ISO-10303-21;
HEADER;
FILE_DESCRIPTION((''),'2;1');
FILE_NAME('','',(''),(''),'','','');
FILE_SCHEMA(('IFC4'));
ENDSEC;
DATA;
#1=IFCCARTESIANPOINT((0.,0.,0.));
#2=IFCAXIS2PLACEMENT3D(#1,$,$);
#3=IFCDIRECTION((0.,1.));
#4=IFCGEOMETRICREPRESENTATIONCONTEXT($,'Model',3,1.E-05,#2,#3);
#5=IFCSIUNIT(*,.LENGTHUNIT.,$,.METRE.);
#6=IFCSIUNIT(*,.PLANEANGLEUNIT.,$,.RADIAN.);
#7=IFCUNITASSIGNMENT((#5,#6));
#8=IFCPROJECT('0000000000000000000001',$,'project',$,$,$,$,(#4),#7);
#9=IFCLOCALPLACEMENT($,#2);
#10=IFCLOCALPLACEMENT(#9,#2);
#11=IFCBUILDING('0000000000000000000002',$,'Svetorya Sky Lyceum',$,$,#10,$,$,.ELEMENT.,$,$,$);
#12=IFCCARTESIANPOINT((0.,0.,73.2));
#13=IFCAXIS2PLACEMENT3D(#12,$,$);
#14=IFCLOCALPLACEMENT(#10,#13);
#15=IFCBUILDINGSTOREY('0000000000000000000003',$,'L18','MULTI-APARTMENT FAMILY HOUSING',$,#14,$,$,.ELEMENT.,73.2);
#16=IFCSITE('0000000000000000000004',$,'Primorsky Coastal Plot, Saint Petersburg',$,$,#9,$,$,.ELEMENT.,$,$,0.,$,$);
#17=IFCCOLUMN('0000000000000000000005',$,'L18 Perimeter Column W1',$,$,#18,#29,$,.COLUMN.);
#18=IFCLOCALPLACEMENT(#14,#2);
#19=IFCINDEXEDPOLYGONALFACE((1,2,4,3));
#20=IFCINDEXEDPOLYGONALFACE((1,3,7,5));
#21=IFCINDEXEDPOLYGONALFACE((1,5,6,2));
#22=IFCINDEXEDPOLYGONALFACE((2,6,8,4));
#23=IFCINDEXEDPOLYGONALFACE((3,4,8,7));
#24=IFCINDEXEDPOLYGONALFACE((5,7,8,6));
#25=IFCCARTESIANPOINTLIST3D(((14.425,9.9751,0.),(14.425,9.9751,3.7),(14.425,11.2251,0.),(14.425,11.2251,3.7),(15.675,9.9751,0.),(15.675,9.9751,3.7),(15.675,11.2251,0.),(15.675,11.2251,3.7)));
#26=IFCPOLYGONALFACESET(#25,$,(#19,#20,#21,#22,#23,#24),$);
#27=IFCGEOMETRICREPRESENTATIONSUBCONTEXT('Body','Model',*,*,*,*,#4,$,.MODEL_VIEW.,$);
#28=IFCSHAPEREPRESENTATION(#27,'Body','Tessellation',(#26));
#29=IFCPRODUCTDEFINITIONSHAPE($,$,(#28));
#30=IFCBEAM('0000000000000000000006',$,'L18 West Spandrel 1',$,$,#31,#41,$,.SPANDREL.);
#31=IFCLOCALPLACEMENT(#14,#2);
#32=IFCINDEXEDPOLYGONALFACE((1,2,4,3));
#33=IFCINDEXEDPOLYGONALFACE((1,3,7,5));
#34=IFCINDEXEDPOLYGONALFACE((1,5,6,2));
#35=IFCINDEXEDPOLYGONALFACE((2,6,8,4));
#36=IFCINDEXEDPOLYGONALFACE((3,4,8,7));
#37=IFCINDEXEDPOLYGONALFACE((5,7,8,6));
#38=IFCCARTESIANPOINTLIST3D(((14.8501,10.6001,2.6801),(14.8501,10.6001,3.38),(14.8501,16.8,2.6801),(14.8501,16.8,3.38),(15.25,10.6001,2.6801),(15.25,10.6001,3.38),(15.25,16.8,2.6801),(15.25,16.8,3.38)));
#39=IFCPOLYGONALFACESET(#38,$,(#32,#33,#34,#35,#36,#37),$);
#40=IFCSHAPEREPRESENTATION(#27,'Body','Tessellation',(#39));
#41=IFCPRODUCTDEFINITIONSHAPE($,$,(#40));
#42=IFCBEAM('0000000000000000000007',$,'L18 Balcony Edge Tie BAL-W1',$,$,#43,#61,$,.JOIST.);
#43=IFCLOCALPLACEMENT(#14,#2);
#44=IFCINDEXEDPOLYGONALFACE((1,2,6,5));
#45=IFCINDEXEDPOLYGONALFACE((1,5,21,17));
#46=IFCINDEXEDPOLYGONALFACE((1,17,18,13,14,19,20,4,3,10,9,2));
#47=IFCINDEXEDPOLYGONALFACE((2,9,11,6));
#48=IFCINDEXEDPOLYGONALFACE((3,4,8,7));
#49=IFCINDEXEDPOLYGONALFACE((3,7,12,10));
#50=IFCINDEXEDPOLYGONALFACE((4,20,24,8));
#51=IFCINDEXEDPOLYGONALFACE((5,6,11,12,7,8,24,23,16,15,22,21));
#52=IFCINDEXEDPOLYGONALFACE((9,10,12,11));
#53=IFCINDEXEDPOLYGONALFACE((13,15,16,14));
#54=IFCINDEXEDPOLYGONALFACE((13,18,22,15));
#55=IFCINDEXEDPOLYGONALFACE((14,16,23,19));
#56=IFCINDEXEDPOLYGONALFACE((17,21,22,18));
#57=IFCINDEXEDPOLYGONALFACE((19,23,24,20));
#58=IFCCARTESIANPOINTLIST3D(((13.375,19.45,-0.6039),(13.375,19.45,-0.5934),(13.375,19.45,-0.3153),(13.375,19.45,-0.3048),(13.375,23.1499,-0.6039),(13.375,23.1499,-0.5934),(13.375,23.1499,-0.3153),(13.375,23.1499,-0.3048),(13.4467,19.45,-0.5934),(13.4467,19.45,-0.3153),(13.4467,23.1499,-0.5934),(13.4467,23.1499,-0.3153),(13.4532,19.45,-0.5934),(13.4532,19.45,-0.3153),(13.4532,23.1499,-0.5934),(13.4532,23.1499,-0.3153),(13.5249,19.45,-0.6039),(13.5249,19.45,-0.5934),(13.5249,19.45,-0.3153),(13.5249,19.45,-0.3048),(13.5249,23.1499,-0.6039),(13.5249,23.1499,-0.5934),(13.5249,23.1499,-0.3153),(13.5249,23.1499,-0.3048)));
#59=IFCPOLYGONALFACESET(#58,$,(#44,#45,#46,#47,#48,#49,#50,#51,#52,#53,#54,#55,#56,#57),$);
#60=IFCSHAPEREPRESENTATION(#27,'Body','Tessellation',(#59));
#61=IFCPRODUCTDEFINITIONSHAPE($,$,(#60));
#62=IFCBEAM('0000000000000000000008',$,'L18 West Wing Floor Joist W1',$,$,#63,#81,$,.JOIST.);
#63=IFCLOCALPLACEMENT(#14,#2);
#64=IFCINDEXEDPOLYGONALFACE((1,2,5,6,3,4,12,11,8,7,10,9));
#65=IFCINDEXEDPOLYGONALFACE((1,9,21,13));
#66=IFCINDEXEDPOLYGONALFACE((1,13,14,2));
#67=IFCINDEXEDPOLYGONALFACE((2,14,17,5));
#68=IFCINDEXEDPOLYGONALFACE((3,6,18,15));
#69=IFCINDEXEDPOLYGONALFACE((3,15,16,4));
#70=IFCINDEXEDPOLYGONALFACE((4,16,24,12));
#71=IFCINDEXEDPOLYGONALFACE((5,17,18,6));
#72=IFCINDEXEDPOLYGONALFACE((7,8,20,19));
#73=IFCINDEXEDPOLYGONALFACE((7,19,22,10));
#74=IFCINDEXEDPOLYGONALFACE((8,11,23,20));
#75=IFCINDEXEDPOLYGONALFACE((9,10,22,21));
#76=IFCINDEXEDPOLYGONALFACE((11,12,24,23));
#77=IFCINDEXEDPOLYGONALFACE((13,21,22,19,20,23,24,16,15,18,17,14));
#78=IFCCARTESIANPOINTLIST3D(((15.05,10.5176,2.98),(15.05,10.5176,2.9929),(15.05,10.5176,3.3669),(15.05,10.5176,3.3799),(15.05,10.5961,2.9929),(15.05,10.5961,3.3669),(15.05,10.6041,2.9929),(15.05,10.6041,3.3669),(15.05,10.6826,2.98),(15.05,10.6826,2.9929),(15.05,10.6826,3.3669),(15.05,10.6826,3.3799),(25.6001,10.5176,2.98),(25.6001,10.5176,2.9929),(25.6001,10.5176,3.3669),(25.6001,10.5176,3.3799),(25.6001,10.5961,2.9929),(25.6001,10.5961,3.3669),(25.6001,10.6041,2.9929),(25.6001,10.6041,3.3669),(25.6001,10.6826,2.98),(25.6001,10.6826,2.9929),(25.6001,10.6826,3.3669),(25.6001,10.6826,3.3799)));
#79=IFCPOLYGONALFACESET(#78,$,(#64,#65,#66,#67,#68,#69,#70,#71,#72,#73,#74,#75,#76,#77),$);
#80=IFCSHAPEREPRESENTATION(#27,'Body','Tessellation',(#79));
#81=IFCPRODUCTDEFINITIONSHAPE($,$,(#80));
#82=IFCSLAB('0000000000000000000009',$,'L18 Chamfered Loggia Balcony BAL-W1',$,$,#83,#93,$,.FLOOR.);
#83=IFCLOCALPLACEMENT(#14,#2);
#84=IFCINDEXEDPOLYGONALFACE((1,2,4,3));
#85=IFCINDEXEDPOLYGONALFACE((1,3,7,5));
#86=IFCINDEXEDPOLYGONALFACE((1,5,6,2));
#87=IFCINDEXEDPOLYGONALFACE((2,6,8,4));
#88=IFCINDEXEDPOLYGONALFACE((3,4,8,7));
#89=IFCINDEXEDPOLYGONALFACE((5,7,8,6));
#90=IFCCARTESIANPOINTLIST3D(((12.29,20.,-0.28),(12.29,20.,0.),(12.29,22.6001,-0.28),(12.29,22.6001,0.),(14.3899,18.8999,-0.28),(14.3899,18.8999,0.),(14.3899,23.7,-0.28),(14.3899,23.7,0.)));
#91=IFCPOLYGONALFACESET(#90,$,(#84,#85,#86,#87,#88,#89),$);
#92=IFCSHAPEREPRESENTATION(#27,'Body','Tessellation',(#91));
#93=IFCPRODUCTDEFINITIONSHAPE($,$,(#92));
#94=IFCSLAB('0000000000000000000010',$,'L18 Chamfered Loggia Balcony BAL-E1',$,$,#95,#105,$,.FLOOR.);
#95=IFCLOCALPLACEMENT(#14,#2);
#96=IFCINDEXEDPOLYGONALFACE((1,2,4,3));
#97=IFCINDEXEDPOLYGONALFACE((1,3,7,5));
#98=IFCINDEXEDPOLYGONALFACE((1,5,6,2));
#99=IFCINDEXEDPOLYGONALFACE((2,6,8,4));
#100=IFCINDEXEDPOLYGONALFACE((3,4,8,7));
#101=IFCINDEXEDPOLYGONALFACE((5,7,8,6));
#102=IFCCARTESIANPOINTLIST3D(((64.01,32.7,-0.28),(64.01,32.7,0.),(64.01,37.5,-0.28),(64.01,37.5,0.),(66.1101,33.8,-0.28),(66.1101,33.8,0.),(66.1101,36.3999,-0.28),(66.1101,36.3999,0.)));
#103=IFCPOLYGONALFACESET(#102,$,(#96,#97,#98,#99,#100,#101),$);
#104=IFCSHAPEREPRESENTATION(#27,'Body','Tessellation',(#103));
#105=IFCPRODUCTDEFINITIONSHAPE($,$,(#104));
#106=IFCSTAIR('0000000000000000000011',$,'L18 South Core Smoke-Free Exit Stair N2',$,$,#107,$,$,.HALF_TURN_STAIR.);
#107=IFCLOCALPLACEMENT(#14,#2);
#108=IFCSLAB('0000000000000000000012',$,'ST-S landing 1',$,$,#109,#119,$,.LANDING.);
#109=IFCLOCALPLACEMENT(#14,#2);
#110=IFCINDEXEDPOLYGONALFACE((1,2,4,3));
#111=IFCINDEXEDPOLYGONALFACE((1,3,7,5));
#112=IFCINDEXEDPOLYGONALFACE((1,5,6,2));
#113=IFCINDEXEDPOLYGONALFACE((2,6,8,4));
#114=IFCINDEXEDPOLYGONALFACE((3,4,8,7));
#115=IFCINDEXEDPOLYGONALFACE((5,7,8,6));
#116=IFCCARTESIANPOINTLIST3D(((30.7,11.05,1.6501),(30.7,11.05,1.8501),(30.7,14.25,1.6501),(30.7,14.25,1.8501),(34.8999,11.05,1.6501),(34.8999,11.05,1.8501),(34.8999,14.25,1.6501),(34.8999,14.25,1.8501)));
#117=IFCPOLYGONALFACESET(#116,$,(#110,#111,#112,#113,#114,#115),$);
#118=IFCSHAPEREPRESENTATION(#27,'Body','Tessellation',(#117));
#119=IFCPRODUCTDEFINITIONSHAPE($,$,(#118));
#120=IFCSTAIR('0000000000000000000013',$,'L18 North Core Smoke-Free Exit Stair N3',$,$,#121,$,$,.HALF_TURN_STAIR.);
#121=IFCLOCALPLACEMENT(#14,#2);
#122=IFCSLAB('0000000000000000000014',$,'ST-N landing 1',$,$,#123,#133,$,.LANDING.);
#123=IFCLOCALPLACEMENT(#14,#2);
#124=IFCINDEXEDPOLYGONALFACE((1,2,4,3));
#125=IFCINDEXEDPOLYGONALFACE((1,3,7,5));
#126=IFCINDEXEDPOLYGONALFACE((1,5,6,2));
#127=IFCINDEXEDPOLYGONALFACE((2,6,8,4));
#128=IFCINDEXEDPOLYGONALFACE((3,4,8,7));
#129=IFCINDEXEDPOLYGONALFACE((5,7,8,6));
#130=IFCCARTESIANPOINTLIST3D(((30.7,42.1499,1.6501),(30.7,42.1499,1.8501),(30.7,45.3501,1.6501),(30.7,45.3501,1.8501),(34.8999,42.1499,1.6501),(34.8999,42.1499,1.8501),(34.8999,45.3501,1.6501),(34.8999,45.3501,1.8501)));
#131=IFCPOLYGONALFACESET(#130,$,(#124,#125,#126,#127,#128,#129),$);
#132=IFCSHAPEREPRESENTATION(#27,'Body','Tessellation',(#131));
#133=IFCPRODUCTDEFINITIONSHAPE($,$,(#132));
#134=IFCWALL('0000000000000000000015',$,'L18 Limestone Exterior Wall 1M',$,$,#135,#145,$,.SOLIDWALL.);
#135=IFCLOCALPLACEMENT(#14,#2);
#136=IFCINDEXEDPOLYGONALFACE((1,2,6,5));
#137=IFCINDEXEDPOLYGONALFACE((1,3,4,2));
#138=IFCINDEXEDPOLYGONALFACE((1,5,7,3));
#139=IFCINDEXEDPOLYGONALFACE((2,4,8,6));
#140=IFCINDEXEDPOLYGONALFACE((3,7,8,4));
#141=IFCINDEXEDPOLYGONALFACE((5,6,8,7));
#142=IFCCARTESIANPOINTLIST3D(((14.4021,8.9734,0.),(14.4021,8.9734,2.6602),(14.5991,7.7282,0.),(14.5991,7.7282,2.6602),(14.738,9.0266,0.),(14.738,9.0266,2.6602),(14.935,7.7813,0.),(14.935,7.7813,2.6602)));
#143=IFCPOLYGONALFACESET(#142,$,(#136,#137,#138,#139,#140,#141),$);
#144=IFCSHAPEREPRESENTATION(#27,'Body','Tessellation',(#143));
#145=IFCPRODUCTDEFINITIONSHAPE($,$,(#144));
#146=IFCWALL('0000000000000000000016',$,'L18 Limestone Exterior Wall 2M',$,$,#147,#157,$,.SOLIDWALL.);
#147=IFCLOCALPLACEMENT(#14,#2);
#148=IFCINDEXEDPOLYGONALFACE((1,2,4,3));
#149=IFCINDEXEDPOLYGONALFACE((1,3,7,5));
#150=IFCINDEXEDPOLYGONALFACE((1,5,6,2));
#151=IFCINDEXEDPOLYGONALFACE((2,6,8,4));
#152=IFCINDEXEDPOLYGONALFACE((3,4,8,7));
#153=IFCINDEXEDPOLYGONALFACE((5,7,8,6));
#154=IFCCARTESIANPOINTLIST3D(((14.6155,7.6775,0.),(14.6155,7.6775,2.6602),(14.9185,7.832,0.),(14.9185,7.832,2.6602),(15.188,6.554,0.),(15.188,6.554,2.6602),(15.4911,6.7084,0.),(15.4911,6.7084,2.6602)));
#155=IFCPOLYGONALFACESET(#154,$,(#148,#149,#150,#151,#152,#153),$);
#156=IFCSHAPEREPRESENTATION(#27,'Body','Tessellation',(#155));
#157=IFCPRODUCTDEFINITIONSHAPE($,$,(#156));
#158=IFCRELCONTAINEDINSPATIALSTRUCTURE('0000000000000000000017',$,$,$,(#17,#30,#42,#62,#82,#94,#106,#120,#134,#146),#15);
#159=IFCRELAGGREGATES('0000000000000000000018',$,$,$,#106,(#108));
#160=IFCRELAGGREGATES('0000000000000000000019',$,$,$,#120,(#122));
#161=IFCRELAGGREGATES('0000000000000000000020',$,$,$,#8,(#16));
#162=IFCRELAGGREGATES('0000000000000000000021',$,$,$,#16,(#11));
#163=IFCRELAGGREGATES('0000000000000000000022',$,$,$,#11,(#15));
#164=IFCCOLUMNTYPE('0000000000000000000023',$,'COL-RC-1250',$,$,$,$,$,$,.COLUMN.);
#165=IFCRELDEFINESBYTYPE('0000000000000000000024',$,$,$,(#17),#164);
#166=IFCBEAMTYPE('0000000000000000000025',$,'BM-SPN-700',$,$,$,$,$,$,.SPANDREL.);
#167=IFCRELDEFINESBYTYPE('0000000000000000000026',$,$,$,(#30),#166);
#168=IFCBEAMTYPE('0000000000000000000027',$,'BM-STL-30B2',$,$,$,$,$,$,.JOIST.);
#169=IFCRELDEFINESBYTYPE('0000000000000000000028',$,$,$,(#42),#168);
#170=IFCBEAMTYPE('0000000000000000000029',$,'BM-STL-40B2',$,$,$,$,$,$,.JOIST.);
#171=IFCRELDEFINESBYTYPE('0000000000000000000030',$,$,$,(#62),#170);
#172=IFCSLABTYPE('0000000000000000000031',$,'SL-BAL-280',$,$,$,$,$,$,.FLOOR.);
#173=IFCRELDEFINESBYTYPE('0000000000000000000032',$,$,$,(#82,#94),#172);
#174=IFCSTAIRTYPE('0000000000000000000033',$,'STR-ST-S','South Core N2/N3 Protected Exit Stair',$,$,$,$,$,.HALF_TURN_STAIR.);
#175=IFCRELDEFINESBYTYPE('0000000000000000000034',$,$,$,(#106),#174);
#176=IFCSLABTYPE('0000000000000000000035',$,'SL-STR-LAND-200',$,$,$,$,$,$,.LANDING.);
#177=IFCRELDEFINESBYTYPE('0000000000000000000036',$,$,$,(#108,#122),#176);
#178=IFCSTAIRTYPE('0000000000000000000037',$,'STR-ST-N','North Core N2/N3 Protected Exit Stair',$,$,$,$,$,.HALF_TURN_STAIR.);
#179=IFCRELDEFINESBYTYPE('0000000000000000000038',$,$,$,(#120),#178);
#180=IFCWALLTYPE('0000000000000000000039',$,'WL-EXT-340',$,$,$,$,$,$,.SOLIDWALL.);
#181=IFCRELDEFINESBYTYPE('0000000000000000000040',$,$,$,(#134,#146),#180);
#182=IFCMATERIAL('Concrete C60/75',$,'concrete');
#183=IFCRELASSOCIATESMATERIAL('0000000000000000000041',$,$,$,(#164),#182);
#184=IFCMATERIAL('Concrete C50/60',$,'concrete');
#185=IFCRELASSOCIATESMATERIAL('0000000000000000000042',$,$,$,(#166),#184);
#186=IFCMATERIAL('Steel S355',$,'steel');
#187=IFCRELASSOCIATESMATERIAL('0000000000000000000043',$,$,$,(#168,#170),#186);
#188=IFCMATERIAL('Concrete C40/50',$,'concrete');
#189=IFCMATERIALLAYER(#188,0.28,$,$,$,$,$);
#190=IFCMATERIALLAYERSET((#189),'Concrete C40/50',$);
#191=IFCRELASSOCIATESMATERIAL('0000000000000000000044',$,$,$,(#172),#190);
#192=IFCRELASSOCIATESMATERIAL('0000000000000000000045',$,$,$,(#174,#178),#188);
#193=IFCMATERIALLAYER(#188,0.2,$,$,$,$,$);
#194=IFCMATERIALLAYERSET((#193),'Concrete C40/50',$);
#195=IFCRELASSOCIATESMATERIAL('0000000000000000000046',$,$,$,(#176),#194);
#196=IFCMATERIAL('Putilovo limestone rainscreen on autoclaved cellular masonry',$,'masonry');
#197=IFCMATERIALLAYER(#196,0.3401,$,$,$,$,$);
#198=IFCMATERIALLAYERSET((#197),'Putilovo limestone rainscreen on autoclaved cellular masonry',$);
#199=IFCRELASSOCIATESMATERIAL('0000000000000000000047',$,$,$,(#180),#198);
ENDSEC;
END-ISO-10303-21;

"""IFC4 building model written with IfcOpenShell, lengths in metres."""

from ifc_helpers import new_model, si_unit, direction, frame, frame_2d, origin, origin_2d, place, context, subcontext, project, spatial, polyline, rectangle, i_section, outline, extrude, material, layer, layer_set, material_profile, profile_set, type_object, element, aggregate, save


model = new_model("IFC4")

# Units and contexts
model_context = context("Model", 3, precision=1e-05, world=origin(), true_north=direction((0.0, 1.0)))
body_context = subcontext(model_context, "Body", "Model", "MODEL_VIEW")
ifc_project = project(units=[si_unit("LENGTHUNIT", "METRE"), si_unit("PLANEANGLEUNIT", "RADIAN")], contexts=[model_context])

# Site, building, storey
site_placement = place(None, origin())
site = spatial("IfcSite", under=ifc_project, at=site_placement, Name="Primorsky Coastal Plot, Saint Petersburg", CompositionType="ELEMENT", RefElevation=0.0)
building_placement = place(site_placement, origin())
building = spatial("IfcBuilding", under=site, at=building_placement, Name="Svetorya Sky Lyceum", CompositionType="ELEMENT")
storey_placement = place(building_placement, frame((0.0, 0.0, 73.2)))
storey = spatial("IfcBuildingStorey", under=building, at=storey_placement, Name="L18", Description="MULTI-APARTMENT FAMILY HOUSING", CompositionType="ELEMENT", Elevation=73.2)

# Column
ifc_material_1 = material(Name="Concrete C60/75", Category="concrete")
ifc_material_profile_1 = material_profile(ifc_material_1, rectangle(XDim=1.25, YDim=1.25, at=origin_2d()), Name="RC COL 1250x1250")
ifc_profile_set_1 = profile_set([ifc_material_profile_1], Name="Concrete C60/75")
column_type = type_object("IfcColumnType", Name="COL-RC-1250", PredefinedType="COLUMN", material=ifc_profile_set_1)
column_placement = place(storey_placement, frame((15.05, 10.6001, 0.0), z_axis=(0.0, 0.0, 1.0), x_axis=(1.0, 0.0, 0.0)))
element("IfcColumn", 1, at=column_placement, inside=storey, type_object=column_type, Name="L18 Perimeter Column W1", PredefinedType="COLUMN", context=body_context, shape_type="SweptSolid", body=[
    extrude(rectangle(XDim=1.25, YDim=1.25, at=origin_2d()), origin(), (0.0, 0.0, 1.0), 3.7),
])

# Beams
ifc_material_2 = material(Name="Concrete C50/60", Category="concrete")
ifc_material_profile_2 = material_profile(ifc_material_2, rectangle(XDim=0.3999, YDim=0.7, at=origin_2d()), Name="RC SPANDREL 400x700")
ifc_profile_set_2 = profile_set([ifc_material_profile_2], Name="Concrete C50/60")
beam_type_1 = type_object("IfcBeamType", Name="BM-SPN-700", PredefinedType="SPANDREL", material=ifc_profile_set_2)
beam_1_placement = place(storey_placement, frame((15.05, 10.6001, 3.03), z_axis=(0.0, 1.0, 0.0), x_axis=(-1.0, 0.0, 0.0)))
element("IfcBeam", 2, at=beam_1_placement, inside=storey, type_object=beam_type_1, Name="L18 West Spandrel 1", PredefinedType="SPANDREL", context=body_context, shape_type="SweptSolid", body=[
    extrude(rectangle(XDim=0.3999, YDim=0.7, at=origin_2d()), origin(), (0.0, 0.0, 1.0), 6.2),
])
ifc_material_3 = material(Name="Steel S355", Category="steel")
ifc_material_profile_3 = material_profile(ifc_material_3, i_section(OverallWidth=0.1499, OverallDepth=0.2991, WebThickness=0.0066, FlangeThickness=0.0105, at=origin_2d()), Name="GOST 30B2")
ifc_profile_set_3 = profile_set([ifc_material_profile_3], Name="Steel S355")
beam_type_2 = type_object("IfcBeamType", Name="BM-STL-30B2", PredefinedType="JOIST", material=ifc_profile_set_3)
beam_2_placement = place(storey_placement, frame((13.45, 19.45, -0.4543), z_axis=(0.0, 1.0, 0.0), x_axis=(-1.0, 0.0, 0.0)))
element("IfcBeam", 3, at=beam_2_placement, inside=storey, type_object=beam_type_2, Name="L18 Balcony Edge Tie BAL-W1", PredefinedType="JOIST", context=body_context, shape_type="SweptSolid", body=[
    extrude(i_section(OverallWidth=0.1499, OverallDepth=0.2991, WebThickness=0.0066, FlangeThickness=0.0105, at=origin_2d()), origin(), (0.0, 0.0, 1.0), 3.7),
])
ifc_material_profile_4 = material_profile(ifc_material_3, i_section(OverallWidth=0.165, OverallDepth=0.3999, WebThickness=0.0081, FlangeThickness=0.0129, at=origin_2d()), Name="GOST 40B2")
ifc_profile_set_4 = profile_set([ifc_material_profile_4], Name="Steel S355")
beam_type_3 = type_object("IfcBeamType", Name="BM-STL-40B2", PredefinedType="JOIST", material=ifc_profile_set_4)
beam_3_placement = place(storey_placement, frame((15.05, 10.6001, 3.1799), z_axis=(1.0, 0.0, 0.0), x_axis=(0.0, 1.0, 0.0)))
element("IfcBeam", 4, at=beam_3_placement, inside=storey, type_object=beam_type_3, Name="L18 West Wing Floor Joist W1", PredefinedType="JOIST", context=body_context, shape_type="SweptSolid", body=[
    extrude(i_section(OverallWidth=0.165, OverallDepth=0.3999, WebThickness=0.0081, FlangeThickness=0.0129, at=origin_2d()), origin(), (0.0, 0.0, 1.0), 10.55),
])

# Slabs
ifc_material_4 = material(Name="Concrete C40/50", Category="concrete")
ifc_layer_1 = layer(ifc_material_4, 0.28)
ifc_layer_set_1 = layer_set([ifc_layer_1], Name="Concrete C40/50")
slab_type_1 = type_object("IfcSlabType", Name="SL-BAL-280", PredefinedType="FLOOR", material=ifc_layer_set_1)
slab_1_placement = place(storey_placement, frame((0.0, 0.0, -0.28)))
element("IfcSlab", 5, at=slab_1_placement, inside=storey, type_object=slab_type_1, Name="L18 Chamfered Loggia Balcony BAL-W1", PredefinedType="FLOOR", context=body_context, shape_type="SweptSolid", body=[
    extrude(outline(polyline([(14.3899, 18.8999), (14.3899, 23.7), (12.29, 22.6001), (12.29, 20.0), (14.3899, 18.8999)])), origin(), (0.0, 0.0, 1.0), 0.28),
])
slab_2_placement = place(storey_placement, frame((0.0, 0.0, -0.28)))
element("IfcSlab", 6, at=slab_2_placement, inside=storey, type_object=slab_type_1, Name="L18 Chamfered Loggia Balcony BAL-E1", PredefinedType="FLOOR", context=body_context, shape_type="SweptSolid", body=[
    extrude(outline(polyline([(64.01, 32.7), (66.1101, 33.8), (66.1101, 36.3999), (64.01, 37.5), (64.01, 32.7)])), origin(), (0.0, 0.0, 1.0), 0.28),
])

# Stairs, slabs
stair_type_1 = type_object("IfcStairType", Name="STR-ST-S", Description="South Core N2/N3 Protected Exit Stair", PredefinedType="HALF_TURN_STAIR", material=ifc_material_4)
stair_1_placement = place(storey_placement, origin())
stair_1 = element("IfcStair", 7, at=stair_1_placement, inside=storey, type_object=stair_type_1, Name="L18 South Core Smoke-Free Exit Stair N2", PredefinedType="HALF_TURN_STAIR")
ifc_layer_2 = layer(ifc_material_4, 0.2)
ifc_layer_set_2 = layer_set([ifc_layer_2], Name="Concrete C40/50")
slab_type_2 = type_object("IfcSlabType", Name="SL-STR-LAND-200", PredefinedType="LANDING", material=ifc_layer_set_2)
slab_3_placement = place(storey_placement, frame((0.0, 0.0, 1.6501)))
slab_3 = element("IfcSlab", 8, at=slab_3_placement, type_object=slab_type_2, Name="ST-S landing 1", PredefinedType="LANDING", context=body_context, shape_type="SweptSolid", body=[
    extrude(outline(polyline([(30.7, 11.05), (34.8999, 11.05), (34.8999, 14.25), (30.7, 14.25), (30.7, 11.05)])), origin(), (0.0, 0.0, 1.0), 0.2),
])
aggregate(stair_1, [slab_3])
stair_type_2 = type_object("IfcStairType", Name="STR-ST-N", Description="North Core N2/N3 Protected Exit Stair", PredefinedType="HALF_TURN_STAIR", material=ifc_material_4)
stair_2_placement = place(storey_placement, origin())
stair_2 = element("IfcStair", 9, at=stair_2_placement, inside=storey, type_object=stair_type_2, Name="L18 North Core Smoke-Free Exit Stair N3", PredefinedType="HALF_TURN_STAIR")
slab_4_placement = place(storey_placement, frame((0.0, 0.0, 1.6501)))
slab_4 = element("IfcSlab", 10, at=slab_4_placement, type_object=slab_type_2, Name="ST-N landing 1", PredefinedType="LANDING", context=body_context, shape_type="SweptSolid", body=[
    extrude(outline(polyline([(30.7, 42.1499), (34.8999, 42.1499), (34.8999, 45.3501), (30.7, 45.3501), (30.7, 42.1499)])), origin(), (0.0, 0.0, 1.0), 0.2),
])
aggregate(stair_2, [slab_4])

# Walls
ifc_material_5 = material(Name="Putilovo limestone rainscreen on autoclaved cellular masonry", Category="masonry")
ifc_layer_3 = layer(ifc_material_5, 0.3401)
ifc_layer_set_3 = layer_set([ifc_layer_3], Name="Putilovo limestone rainscreen on autoclaved cellular masonry")
wall_type_1 = type_object("IfcWallType", Name="WL-EXT-340", PredefinedType="SOLIDWALL", material=ifc_layer_set_3)
wall_1_placement = place(storey_placement, frame((14.5701, 9.0, 0.0), z_axis=(0.0, 0.0, 1.0), x_axis=(0.156261, -0.987716, 0.0)))
element("IfcWall", 11, at=wall_1_placement, inside=storey, type_object=wall_type_1, Name="L18 Limestone Exterior Wall 1M", PredefinedType="SOLIDWALL", context=body_context, shape_type="SweptSolid", body=[
    extrude(rectangle(XDim=1.2607, YDim=0.3401, at=frame_2d((0.6304, 0.0))), origin(), (0.0, 0.0, 1.0), 2.6602),
])
wall_2_placement = place(storey_placement, frame((14.7671, 7.7546, 0.0), z_axis=(0.0, 0.0, 1.0), x_axis=(0.454016, -0.890994, 0.0)))
element("IfcWall", 12, at=wall_2_placement, inside=storey, type_object=wall_type_1, Name="L18 Limestone Exterior Wall 2M", PredefinedType="SOLIDWALL", context=body_context, shape_type="SweptSolid", body=[
    extrude(rectangle(XDim=1.261, YDim=0.3401, at=frame_2d((0.6304, 0.0))), origin(), (0.0, 0.0, 1.0), 2.6602),
])

save(model, "model.ifc")
